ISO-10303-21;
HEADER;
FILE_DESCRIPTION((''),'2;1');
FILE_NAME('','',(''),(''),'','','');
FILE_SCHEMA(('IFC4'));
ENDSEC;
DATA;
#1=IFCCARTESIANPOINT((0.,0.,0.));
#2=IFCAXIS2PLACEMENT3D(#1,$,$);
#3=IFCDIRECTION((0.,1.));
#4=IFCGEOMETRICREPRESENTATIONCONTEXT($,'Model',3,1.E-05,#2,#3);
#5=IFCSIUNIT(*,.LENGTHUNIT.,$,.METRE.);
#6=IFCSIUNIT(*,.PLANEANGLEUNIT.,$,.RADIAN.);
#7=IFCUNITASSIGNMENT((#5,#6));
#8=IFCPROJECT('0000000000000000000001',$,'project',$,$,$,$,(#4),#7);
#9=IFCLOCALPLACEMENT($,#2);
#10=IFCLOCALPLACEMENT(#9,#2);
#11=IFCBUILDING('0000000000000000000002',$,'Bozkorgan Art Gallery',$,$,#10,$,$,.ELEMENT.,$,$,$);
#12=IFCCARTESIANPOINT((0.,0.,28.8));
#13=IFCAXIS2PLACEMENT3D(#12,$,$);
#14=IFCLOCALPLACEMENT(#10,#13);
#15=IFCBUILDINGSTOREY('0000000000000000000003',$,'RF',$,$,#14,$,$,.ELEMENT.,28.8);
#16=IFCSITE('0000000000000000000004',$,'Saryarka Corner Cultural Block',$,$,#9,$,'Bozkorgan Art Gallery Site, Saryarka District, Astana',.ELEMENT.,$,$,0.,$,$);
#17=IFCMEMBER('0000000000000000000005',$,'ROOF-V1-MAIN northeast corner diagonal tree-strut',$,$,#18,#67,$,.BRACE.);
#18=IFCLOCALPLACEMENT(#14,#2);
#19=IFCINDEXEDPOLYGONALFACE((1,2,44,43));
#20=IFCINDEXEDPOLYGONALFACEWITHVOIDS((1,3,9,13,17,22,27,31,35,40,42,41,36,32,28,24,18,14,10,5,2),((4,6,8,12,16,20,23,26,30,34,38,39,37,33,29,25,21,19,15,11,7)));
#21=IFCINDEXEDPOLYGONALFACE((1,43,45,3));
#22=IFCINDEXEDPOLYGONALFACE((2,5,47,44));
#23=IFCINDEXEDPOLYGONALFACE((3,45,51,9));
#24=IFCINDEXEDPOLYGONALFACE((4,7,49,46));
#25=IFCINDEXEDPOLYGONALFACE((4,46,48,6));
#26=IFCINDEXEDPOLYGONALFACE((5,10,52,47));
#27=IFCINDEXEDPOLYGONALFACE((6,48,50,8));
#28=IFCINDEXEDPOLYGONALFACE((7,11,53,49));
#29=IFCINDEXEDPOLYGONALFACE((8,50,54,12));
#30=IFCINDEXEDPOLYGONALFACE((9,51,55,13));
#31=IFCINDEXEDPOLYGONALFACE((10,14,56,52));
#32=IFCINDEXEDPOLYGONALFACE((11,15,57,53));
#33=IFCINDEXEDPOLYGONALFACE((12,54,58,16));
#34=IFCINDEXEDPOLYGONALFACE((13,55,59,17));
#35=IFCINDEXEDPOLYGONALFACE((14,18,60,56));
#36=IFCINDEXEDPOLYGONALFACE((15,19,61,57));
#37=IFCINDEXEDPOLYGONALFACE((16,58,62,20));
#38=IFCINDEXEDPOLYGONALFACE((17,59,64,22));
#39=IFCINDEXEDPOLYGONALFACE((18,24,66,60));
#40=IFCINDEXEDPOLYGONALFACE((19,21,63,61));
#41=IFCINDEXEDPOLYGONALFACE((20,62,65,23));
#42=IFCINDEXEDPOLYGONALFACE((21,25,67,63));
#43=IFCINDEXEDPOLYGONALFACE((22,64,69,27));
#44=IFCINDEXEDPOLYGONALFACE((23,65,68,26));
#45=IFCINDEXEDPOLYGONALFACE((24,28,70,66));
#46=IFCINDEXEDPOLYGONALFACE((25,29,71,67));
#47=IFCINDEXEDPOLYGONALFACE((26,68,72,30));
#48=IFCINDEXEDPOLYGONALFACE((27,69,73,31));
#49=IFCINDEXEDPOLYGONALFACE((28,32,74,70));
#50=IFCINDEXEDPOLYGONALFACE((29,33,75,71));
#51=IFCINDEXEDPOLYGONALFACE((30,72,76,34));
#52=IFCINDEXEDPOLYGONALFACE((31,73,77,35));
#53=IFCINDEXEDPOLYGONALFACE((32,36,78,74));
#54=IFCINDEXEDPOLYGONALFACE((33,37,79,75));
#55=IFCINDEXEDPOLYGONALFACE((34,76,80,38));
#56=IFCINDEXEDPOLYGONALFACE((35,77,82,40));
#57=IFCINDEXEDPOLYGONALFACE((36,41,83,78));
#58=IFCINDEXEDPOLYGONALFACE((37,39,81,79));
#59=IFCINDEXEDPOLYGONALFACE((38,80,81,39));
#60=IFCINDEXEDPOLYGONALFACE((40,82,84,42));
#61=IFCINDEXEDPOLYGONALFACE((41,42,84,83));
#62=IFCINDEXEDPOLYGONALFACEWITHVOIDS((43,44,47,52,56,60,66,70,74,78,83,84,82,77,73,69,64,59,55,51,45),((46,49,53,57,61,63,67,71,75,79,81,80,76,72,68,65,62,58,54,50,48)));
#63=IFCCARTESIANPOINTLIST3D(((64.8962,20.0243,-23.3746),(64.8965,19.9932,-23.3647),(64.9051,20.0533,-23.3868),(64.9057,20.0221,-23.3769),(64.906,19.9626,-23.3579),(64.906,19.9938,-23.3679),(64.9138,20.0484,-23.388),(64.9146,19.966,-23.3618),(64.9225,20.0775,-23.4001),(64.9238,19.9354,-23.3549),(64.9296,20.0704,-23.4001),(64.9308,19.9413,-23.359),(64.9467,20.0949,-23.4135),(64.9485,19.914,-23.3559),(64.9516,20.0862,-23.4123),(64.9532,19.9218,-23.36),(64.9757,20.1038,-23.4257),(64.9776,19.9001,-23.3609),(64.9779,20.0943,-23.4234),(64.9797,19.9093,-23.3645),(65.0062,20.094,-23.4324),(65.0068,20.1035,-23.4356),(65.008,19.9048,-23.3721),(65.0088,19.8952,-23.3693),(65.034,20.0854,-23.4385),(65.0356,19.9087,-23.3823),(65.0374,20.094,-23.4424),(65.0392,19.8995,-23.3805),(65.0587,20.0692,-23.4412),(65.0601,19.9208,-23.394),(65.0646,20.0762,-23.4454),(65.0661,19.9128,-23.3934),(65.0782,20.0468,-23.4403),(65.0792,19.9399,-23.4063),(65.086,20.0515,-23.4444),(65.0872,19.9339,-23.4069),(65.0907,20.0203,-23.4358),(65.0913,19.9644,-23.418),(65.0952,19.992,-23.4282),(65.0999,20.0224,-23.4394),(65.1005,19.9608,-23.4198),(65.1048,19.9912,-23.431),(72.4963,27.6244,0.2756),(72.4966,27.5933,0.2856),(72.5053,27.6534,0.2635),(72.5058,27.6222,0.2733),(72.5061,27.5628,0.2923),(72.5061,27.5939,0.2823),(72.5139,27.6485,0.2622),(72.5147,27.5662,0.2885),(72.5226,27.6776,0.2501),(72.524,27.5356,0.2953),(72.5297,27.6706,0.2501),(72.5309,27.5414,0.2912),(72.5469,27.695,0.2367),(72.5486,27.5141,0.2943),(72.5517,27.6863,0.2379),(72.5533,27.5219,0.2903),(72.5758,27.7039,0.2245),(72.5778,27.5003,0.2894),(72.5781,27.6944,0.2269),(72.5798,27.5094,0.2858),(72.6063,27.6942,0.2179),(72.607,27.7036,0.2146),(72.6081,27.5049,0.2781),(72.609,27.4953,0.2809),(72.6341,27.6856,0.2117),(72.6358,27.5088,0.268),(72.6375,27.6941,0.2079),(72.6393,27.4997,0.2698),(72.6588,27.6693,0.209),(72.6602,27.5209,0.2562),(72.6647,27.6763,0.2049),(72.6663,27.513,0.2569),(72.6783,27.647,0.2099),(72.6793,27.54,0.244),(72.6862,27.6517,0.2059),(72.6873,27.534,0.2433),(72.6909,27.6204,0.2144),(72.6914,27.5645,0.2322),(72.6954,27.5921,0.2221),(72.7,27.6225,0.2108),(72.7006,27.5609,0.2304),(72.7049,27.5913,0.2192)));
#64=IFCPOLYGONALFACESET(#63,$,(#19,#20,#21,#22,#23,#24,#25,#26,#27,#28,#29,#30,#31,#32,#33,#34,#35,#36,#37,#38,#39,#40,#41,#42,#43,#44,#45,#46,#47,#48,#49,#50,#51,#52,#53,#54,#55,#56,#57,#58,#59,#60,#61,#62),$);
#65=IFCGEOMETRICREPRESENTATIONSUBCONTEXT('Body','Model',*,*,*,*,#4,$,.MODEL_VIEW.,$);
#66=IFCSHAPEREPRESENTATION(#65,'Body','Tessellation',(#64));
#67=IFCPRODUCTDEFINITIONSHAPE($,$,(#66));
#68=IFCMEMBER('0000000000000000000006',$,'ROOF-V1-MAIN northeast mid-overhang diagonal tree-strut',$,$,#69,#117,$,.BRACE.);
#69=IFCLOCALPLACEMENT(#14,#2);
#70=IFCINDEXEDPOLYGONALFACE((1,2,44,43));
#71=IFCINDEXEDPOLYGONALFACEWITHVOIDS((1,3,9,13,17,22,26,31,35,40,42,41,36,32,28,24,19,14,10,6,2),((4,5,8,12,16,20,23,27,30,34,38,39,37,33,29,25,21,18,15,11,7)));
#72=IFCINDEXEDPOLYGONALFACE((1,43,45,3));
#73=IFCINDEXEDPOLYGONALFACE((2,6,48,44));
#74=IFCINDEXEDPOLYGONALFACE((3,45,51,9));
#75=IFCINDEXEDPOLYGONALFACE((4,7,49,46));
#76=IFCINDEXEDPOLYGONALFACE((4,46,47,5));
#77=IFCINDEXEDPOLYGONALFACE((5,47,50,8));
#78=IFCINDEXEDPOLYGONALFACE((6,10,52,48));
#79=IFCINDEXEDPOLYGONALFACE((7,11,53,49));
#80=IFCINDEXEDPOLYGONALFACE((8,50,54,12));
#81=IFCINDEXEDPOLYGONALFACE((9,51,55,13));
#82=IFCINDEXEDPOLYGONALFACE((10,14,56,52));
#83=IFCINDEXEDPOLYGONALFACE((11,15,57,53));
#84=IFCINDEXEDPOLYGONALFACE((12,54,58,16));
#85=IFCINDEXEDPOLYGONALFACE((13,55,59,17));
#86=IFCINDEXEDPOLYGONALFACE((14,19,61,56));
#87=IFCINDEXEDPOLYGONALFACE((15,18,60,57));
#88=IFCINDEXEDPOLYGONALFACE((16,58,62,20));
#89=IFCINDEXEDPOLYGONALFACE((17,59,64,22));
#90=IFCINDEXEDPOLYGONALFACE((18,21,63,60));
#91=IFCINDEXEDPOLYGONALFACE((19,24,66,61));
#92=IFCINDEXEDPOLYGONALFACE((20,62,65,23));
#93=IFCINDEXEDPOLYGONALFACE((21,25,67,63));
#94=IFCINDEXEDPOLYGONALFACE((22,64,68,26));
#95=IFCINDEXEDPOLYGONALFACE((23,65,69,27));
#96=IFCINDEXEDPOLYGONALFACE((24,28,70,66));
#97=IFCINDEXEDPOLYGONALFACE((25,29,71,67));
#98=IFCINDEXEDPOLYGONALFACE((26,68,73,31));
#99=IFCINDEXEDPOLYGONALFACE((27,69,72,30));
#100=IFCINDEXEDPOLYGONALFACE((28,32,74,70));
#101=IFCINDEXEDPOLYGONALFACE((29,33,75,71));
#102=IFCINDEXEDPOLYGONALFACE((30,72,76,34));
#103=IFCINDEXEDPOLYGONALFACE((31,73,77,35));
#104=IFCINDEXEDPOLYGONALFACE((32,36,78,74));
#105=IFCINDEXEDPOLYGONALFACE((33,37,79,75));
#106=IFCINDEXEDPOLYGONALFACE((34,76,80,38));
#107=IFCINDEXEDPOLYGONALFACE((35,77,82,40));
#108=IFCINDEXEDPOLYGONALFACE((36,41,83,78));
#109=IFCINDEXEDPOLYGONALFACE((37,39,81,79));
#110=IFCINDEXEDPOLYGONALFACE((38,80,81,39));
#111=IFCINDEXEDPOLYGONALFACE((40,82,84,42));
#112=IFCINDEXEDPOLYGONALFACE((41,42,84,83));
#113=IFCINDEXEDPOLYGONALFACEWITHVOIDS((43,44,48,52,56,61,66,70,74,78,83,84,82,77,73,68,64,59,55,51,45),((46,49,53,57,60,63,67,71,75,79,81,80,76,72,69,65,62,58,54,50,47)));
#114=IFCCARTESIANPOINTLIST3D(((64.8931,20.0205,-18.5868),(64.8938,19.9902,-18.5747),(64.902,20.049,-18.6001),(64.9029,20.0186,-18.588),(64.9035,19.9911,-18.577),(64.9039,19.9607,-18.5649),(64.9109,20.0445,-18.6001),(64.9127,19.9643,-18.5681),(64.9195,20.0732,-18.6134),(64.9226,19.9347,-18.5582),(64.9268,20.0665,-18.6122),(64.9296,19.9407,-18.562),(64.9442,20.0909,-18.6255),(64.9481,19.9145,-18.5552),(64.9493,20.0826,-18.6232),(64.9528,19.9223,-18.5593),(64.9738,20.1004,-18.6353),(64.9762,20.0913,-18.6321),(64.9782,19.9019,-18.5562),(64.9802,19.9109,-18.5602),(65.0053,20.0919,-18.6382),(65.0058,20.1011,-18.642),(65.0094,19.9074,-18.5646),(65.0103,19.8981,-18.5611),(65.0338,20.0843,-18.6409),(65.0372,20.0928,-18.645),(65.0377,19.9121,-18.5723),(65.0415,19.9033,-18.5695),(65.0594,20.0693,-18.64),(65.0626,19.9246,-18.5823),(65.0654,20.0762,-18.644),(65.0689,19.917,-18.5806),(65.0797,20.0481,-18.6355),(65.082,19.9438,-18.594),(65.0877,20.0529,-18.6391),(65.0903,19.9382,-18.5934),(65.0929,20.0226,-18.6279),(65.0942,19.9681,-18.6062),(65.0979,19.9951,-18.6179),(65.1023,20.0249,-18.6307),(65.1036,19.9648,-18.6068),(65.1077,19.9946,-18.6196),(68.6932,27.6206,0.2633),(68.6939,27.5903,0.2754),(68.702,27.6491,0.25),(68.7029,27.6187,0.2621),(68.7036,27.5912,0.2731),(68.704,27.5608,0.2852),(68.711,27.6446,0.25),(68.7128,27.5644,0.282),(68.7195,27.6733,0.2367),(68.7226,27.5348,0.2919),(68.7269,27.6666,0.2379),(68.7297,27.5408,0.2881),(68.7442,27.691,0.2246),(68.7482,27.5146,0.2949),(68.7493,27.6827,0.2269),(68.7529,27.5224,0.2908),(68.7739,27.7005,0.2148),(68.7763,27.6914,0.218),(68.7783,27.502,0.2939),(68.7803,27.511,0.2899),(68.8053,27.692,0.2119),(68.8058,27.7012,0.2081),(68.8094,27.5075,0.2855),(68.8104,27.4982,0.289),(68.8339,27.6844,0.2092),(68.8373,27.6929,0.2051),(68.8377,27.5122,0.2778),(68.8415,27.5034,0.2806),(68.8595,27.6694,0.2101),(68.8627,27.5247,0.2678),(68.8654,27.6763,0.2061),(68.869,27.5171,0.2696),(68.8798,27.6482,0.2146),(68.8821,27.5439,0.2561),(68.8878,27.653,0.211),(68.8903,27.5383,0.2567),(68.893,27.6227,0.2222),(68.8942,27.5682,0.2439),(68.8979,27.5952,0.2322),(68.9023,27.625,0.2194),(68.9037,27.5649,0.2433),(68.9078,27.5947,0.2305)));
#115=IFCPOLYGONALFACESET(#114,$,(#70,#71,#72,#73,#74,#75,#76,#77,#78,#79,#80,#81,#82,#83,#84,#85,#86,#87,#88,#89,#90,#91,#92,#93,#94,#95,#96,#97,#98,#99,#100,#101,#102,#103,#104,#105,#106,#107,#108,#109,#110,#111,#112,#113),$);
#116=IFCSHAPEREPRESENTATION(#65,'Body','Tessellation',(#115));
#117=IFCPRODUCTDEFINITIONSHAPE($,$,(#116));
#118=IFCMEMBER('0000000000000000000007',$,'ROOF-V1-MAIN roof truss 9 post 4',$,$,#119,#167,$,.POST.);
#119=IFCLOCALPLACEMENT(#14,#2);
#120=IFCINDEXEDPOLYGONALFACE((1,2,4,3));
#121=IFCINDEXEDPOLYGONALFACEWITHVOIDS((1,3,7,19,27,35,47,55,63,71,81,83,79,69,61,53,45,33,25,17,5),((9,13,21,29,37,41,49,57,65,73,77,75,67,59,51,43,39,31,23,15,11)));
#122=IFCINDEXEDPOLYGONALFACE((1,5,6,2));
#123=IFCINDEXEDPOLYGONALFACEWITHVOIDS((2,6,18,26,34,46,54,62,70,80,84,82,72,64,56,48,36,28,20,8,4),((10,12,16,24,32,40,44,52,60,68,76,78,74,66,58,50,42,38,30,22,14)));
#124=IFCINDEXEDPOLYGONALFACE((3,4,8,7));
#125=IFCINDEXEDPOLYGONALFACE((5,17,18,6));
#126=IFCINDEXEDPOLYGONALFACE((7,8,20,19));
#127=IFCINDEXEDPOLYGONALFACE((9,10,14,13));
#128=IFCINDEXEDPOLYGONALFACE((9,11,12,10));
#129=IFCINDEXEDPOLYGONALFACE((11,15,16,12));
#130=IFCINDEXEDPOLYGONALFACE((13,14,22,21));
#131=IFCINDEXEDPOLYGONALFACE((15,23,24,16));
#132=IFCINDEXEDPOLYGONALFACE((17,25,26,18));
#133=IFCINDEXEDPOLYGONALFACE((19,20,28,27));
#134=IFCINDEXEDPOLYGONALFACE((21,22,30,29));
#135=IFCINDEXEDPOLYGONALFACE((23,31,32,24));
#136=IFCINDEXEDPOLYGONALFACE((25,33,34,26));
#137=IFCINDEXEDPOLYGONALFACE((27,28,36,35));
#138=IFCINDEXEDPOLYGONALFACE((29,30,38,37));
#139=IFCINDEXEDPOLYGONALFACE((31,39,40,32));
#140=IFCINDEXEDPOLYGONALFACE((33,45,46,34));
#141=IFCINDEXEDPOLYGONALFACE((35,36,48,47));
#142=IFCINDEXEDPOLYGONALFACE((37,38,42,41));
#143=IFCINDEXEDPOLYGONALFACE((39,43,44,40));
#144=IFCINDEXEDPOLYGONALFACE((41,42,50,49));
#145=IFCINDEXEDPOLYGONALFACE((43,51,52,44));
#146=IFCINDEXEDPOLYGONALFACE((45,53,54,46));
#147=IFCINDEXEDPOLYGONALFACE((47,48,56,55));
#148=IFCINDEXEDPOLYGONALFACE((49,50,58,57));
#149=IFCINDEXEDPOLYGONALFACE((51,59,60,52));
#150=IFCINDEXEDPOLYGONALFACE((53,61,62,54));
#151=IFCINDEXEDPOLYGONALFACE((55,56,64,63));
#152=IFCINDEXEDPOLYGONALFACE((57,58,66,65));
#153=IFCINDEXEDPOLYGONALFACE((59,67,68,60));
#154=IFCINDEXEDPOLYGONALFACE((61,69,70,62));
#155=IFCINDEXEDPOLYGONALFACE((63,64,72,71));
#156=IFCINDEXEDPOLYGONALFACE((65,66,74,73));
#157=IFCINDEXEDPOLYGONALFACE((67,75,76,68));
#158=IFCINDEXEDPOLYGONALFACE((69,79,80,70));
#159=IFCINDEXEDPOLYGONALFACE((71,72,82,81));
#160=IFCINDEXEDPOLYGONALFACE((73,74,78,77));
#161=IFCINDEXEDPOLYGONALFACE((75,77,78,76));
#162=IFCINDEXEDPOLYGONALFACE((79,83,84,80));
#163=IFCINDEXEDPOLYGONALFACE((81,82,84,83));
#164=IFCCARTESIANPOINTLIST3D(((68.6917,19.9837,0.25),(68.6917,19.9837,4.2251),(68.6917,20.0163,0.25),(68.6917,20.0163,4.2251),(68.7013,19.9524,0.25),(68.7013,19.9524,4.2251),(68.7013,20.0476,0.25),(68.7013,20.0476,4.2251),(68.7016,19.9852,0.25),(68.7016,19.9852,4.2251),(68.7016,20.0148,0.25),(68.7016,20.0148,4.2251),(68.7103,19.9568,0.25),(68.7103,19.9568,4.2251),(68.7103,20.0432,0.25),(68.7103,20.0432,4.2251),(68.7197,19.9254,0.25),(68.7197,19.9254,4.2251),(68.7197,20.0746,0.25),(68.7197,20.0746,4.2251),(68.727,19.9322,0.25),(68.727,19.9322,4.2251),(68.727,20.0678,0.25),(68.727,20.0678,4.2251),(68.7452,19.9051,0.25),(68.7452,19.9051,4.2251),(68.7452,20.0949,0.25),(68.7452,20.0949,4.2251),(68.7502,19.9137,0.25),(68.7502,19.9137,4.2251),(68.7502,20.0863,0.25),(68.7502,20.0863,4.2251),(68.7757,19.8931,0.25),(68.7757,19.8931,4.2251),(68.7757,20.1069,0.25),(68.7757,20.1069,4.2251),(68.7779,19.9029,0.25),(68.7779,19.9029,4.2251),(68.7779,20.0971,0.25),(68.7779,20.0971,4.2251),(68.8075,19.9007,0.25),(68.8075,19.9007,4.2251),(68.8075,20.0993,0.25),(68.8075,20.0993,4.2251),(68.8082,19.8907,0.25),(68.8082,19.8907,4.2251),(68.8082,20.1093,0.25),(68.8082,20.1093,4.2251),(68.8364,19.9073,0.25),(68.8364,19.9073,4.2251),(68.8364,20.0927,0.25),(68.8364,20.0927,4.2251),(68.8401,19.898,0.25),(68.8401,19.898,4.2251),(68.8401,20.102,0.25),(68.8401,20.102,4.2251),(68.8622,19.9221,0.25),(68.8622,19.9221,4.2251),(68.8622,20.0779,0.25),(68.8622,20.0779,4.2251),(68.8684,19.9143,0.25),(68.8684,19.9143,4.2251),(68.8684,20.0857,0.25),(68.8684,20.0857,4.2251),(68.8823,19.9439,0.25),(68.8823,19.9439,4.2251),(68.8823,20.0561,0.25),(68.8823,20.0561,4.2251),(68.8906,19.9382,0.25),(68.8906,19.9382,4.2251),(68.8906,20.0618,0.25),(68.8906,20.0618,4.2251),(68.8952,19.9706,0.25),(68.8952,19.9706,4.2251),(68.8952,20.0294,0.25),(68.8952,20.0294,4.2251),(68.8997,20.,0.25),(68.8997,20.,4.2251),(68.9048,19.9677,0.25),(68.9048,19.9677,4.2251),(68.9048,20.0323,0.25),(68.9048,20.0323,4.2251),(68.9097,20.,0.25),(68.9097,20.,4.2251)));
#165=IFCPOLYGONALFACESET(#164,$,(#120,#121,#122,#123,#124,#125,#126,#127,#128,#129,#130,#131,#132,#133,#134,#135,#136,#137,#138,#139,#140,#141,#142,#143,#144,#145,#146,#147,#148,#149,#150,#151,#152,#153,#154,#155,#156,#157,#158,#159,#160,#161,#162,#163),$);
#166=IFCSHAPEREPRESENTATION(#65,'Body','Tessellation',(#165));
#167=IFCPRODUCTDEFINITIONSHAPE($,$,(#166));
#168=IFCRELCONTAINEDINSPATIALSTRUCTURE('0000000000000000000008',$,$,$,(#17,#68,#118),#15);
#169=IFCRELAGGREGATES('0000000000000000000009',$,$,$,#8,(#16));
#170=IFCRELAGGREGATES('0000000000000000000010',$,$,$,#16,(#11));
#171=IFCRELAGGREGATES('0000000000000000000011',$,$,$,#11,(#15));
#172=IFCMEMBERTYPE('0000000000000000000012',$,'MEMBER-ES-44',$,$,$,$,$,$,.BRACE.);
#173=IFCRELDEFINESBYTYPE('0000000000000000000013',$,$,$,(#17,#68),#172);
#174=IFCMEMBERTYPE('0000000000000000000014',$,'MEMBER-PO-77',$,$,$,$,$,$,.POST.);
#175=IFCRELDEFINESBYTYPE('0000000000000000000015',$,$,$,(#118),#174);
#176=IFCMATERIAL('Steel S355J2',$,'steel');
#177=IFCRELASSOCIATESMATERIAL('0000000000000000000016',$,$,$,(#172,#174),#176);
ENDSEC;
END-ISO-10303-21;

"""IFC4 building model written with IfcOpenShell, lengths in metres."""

from ifc_helpers import new_model, si_unit, direction, frame, origin, origin_2d, place, context, subcontext, project, spatial, hollow_circle, extrude, material, material_profile, profile_set, type_object, element, save


model = new_model("IFC4")

# Units and contexts
model_context = context("Model", 3, precision=1e-05, world=origin(), true_north=direction((0.0, 1.0)))
body_context = subcontext(model_context, "Body", "Model", "MODEL_VIEW")
ifc_project = project(units=[si_unit("LENGTHUNIT", "METRE"), si_unit("PLANEANGLEUNIT", "RADIAN")], contexts=[model_context])

# Site, building, storey
site_placement = place(None, origin())
site = spatial("IfcSite", under=ifc_project, at=site_placement, Name="Saryarka Corner Cultural Block", LongName="Bozkorgan Art Gallery Site, Saryarka District, Astana", CompositionType="ELEMENT", RefElevation=0.0)
building_placement = place(site_placement, origin())
building = spatial("IfcBuilding", under=site, at=building_placement, Name="Bozkorgan Art Gallery", CompositionType="ELEMENT")
storey_placement = place(building_placement, frame((0.0, 0.0, 28.8)))
storey = spatial("IfcBuildingStorey", under=building, at=storey_placement, Name="RF", CompositionType="ELEMENT", Elevation=28.8)

# Members
ifc_material_1 = material(Name="Steel S355J2", Category="steel")
ifc_material_profile_1 = material_profile(ifc_material_1, hollow_circle(Radius=0.1096, WallThickness=0.01, at=origin_2d()), Name="CHS 219.1x10")
ifc_profile_set_1 = profile_set([ifc_material_profile_1], Name="Steel S355J2")
member_type_1 = type_object("IfcMemberType", Name="MEMBER-ES-44", PredefinedType="BRACE", material=ifc_profile_set_1)
member_1_placement = place(storey_placement, frame((65.0, 20.0, -23.4001), z_axis=(0.29256, 0.29256, 0.910394), x_axis=(-0.707107, 0.707107, 0.0)))
element("IfcMember", 1, at=member_1_placement, inside=storey, type_object=member_type_1, Name="ROOF-V1-MAIN northeast corner diagonal tree-strut", PredefinedType="BRACE", context=body_context, shape_type="SweptSolid", body=[
    extrude(hollow_circle(Radius=0.1096, WallThickness=0.01, at=origin_2d()), origin(), (0.0, 0.0, 1.0), 25.978),
])
member_2_placement = place(storey_placement, frame((65.0, 20.0, -18.6001), z_axis=(0.183784, 0.367567, 0.911657), x_axis=(-0.894427, 0.447214, 0.0)))
element("IfcMember", 2, at=member_2_placement, inside=storey, type_object=member_type_1, Name="ROOF-V1-MAIN northeast mid-overhang diagonal tree-strut", PredefinedType="BRACE", context=body_context, shape_type="SweptSolid", body=[
    extrude(hollow_circle(Radius=0.1096, WallThickness=0.01, at=origin_2d()), origin(), (0.0, 0.0, 1.0), 20.6768),
])
ifc_material_profile_2 = material_profile(ifc_material_1, hollow_circle(Radius=0.1096, WallThickness=0.01, at=origin_2d()), Name="CHS 219.1x10")
ifc_profile_set_2 = profile_set([ifc_material_profile_2], Name="Steel S355J2")
member_type_2 = type_object("IfcMemberType", Name="MEMBER-PO-77", PredefinedType="POST", material=ifc_profile_set_2)
member_3_placement = place(storey_placement, frame((68.8, 20.0, 0.25), z_axis=(0.0, 0.0, 1.0), x_axis=(1.0, 0.0, 0.0)))
element("IfcMember", 3, at=member_3_placement, inside=storey, type_object=member_type_2, Name="ROOF-V1-MAIN roof truss 9 post 4", PredefinedType="POST", context=body_context, shape_type="SweptSolid", body=[
    extrude(hollow_circle(Radius=0.1096, WallThickness=0.01, at=origin_2d()), origin(), (0.0, 0.0, 1.0), 3.9751),
])

save(model, "model.ifc")
